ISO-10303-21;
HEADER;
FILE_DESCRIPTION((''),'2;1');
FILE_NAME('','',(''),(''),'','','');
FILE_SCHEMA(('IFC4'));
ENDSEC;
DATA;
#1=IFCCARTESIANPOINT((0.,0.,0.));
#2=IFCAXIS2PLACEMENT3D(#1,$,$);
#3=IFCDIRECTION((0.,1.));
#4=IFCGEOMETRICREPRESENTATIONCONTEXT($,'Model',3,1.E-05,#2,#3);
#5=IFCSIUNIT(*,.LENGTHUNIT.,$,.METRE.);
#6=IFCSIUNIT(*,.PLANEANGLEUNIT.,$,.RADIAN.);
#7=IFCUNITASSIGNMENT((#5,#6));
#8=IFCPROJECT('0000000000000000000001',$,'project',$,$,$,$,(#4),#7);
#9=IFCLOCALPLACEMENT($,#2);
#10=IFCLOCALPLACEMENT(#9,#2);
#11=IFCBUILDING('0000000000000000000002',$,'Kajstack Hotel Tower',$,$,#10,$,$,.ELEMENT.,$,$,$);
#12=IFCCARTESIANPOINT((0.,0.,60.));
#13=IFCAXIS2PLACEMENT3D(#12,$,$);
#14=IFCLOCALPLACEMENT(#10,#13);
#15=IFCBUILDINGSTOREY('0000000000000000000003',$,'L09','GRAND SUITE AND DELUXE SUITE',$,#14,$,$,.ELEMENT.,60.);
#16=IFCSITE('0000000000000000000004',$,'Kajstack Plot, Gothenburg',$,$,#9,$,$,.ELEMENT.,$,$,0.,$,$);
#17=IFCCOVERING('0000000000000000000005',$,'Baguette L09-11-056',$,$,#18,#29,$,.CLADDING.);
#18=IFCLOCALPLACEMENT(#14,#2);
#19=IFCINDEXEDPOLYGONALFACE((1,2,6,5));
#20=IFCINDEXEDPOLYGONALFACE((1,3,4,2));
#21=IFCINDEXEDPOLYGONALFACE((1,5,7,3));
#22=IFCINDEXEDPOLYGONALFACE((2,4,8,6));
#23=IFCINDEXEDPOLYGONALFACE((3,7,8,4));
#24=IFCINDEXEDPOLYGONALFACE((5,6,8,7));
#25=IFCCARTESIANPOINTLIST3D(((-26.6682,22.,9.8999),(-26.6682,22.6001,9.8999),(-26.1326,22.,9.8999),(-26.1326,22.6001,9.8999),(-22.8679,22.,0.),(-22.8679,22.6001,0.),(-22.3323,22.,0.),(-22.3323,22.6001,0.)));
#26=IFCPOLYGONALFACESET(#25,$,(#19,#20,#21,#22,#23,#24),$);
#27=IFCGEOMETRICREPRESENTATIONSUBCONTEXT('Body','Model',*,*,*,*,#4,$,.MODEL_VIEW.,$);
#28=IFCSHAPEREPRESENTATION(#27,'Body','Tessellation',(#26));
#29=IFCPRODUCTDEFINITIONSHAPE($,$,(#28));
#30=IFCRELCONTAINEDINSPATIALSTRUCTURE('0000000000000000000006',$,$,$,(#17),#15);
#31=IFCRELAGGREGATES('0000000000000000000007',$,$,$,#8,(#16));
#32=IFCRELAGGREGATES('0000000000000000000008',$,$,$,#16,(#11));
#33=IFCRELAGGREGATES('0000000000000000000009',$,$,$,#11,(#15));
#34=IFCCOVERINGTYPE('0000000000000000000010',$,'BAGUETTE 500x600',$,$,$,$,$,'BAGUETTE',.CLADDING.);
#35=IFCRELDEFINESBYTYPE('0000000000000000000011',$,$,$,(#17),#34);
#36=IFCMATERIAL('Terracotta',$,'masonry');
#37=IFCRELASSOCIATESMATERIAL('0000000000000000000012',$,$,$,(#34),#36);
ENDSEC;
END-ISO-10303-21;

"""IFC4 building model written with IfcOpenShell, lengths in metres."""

from ifc_helpers import new_model, si_unit, direction, frame, origin, origin_2d, place, context, subcontext, project, spatial, polyline, rectangle, outline, extrude, material, material_profile, profile_set, type_object, element, save


model = new_model("IFC4")

# Units and contexts
model_context = context("Model", 3, precision=1e-05, world=origin(), true_north=direction((0.0, 1.0)))
body_context = subcontext(model_context, "Body", "Model", "MODEL_VIEW")
ifc_project = project(units=[si_unit("LENGTHUNIT", "METRE"), si_unit("PLANEANGLEUNIT", "RADIAN")], contexts=[model_context])

# Site, building, storey
site_placement = place(None, origin())
site = spatial("IfcSite", under=ifc_project, at=site_placement, Name="Kajstack Plot, Gothenburg", CompositionType="ELEMENT", RefElevation=0.0)
building_placement = place(site_placement, origin())
building = spatial("IfcBuilding", under=site, at=building_placement, Name="Kajstack Hotel Tower", CompositionType="ELEMENT")
storey_placement = place(building_placement, frame((0.0, 0.0, 60.0)))
storey = spatial("IfcBuildingStorey", under=building, at=storey_placement, Name="L09", Description="GRAND SUITE AND DELUXE SUITE", CompositionType="ELEMENT", Elevation=60.0)

# Covering
ifc_material_1 = material(Name="Terracotta", Category="masonry")
ifc_material_profile = material_profile(ifc_material_1, rectangle(XDim=0.6001, YDim=0.5, at=origin_2d()), Name="Terracotta-clad concrete baguette 500 x 600")
ifc_profile_set = profile_set([ifc_material_profile], Name="Terracotta")
covering_type = type_object("IfcCoveringType", Name="BAGUETTE 500x600", ElementType="BAGUETTE", PredefinedType="CLADDING", material=ifc_profile_set)
for number, where, z_axis, x_axis, name in (
    (1, (-22.3323, 22.0, 0.0), (0.0, 1.0, 0.0), (-1.0, 0.0, 0.0), "Baguette L09-11-056"),
):
    element("IfcCovering", number, at=place(storey_placement, frame(where, z_axis=z_axis, x_axis=x_axis)), inside=storey, type_object=covering_type, Name=name, PredefinedType="CLADDING", context=body_context, shape_type="SweptSolid", body=[
        extrude(outline(polyline([(3.8003, 9.8999), (0.0, 0.0), (0.5356, 0.0), (4.3359, 9.8999), (3.8003, 9.8999)])), origin(), (0.0, 0.0, 1.0), 0.6001),
    ])

save(model, "model.ifc")
